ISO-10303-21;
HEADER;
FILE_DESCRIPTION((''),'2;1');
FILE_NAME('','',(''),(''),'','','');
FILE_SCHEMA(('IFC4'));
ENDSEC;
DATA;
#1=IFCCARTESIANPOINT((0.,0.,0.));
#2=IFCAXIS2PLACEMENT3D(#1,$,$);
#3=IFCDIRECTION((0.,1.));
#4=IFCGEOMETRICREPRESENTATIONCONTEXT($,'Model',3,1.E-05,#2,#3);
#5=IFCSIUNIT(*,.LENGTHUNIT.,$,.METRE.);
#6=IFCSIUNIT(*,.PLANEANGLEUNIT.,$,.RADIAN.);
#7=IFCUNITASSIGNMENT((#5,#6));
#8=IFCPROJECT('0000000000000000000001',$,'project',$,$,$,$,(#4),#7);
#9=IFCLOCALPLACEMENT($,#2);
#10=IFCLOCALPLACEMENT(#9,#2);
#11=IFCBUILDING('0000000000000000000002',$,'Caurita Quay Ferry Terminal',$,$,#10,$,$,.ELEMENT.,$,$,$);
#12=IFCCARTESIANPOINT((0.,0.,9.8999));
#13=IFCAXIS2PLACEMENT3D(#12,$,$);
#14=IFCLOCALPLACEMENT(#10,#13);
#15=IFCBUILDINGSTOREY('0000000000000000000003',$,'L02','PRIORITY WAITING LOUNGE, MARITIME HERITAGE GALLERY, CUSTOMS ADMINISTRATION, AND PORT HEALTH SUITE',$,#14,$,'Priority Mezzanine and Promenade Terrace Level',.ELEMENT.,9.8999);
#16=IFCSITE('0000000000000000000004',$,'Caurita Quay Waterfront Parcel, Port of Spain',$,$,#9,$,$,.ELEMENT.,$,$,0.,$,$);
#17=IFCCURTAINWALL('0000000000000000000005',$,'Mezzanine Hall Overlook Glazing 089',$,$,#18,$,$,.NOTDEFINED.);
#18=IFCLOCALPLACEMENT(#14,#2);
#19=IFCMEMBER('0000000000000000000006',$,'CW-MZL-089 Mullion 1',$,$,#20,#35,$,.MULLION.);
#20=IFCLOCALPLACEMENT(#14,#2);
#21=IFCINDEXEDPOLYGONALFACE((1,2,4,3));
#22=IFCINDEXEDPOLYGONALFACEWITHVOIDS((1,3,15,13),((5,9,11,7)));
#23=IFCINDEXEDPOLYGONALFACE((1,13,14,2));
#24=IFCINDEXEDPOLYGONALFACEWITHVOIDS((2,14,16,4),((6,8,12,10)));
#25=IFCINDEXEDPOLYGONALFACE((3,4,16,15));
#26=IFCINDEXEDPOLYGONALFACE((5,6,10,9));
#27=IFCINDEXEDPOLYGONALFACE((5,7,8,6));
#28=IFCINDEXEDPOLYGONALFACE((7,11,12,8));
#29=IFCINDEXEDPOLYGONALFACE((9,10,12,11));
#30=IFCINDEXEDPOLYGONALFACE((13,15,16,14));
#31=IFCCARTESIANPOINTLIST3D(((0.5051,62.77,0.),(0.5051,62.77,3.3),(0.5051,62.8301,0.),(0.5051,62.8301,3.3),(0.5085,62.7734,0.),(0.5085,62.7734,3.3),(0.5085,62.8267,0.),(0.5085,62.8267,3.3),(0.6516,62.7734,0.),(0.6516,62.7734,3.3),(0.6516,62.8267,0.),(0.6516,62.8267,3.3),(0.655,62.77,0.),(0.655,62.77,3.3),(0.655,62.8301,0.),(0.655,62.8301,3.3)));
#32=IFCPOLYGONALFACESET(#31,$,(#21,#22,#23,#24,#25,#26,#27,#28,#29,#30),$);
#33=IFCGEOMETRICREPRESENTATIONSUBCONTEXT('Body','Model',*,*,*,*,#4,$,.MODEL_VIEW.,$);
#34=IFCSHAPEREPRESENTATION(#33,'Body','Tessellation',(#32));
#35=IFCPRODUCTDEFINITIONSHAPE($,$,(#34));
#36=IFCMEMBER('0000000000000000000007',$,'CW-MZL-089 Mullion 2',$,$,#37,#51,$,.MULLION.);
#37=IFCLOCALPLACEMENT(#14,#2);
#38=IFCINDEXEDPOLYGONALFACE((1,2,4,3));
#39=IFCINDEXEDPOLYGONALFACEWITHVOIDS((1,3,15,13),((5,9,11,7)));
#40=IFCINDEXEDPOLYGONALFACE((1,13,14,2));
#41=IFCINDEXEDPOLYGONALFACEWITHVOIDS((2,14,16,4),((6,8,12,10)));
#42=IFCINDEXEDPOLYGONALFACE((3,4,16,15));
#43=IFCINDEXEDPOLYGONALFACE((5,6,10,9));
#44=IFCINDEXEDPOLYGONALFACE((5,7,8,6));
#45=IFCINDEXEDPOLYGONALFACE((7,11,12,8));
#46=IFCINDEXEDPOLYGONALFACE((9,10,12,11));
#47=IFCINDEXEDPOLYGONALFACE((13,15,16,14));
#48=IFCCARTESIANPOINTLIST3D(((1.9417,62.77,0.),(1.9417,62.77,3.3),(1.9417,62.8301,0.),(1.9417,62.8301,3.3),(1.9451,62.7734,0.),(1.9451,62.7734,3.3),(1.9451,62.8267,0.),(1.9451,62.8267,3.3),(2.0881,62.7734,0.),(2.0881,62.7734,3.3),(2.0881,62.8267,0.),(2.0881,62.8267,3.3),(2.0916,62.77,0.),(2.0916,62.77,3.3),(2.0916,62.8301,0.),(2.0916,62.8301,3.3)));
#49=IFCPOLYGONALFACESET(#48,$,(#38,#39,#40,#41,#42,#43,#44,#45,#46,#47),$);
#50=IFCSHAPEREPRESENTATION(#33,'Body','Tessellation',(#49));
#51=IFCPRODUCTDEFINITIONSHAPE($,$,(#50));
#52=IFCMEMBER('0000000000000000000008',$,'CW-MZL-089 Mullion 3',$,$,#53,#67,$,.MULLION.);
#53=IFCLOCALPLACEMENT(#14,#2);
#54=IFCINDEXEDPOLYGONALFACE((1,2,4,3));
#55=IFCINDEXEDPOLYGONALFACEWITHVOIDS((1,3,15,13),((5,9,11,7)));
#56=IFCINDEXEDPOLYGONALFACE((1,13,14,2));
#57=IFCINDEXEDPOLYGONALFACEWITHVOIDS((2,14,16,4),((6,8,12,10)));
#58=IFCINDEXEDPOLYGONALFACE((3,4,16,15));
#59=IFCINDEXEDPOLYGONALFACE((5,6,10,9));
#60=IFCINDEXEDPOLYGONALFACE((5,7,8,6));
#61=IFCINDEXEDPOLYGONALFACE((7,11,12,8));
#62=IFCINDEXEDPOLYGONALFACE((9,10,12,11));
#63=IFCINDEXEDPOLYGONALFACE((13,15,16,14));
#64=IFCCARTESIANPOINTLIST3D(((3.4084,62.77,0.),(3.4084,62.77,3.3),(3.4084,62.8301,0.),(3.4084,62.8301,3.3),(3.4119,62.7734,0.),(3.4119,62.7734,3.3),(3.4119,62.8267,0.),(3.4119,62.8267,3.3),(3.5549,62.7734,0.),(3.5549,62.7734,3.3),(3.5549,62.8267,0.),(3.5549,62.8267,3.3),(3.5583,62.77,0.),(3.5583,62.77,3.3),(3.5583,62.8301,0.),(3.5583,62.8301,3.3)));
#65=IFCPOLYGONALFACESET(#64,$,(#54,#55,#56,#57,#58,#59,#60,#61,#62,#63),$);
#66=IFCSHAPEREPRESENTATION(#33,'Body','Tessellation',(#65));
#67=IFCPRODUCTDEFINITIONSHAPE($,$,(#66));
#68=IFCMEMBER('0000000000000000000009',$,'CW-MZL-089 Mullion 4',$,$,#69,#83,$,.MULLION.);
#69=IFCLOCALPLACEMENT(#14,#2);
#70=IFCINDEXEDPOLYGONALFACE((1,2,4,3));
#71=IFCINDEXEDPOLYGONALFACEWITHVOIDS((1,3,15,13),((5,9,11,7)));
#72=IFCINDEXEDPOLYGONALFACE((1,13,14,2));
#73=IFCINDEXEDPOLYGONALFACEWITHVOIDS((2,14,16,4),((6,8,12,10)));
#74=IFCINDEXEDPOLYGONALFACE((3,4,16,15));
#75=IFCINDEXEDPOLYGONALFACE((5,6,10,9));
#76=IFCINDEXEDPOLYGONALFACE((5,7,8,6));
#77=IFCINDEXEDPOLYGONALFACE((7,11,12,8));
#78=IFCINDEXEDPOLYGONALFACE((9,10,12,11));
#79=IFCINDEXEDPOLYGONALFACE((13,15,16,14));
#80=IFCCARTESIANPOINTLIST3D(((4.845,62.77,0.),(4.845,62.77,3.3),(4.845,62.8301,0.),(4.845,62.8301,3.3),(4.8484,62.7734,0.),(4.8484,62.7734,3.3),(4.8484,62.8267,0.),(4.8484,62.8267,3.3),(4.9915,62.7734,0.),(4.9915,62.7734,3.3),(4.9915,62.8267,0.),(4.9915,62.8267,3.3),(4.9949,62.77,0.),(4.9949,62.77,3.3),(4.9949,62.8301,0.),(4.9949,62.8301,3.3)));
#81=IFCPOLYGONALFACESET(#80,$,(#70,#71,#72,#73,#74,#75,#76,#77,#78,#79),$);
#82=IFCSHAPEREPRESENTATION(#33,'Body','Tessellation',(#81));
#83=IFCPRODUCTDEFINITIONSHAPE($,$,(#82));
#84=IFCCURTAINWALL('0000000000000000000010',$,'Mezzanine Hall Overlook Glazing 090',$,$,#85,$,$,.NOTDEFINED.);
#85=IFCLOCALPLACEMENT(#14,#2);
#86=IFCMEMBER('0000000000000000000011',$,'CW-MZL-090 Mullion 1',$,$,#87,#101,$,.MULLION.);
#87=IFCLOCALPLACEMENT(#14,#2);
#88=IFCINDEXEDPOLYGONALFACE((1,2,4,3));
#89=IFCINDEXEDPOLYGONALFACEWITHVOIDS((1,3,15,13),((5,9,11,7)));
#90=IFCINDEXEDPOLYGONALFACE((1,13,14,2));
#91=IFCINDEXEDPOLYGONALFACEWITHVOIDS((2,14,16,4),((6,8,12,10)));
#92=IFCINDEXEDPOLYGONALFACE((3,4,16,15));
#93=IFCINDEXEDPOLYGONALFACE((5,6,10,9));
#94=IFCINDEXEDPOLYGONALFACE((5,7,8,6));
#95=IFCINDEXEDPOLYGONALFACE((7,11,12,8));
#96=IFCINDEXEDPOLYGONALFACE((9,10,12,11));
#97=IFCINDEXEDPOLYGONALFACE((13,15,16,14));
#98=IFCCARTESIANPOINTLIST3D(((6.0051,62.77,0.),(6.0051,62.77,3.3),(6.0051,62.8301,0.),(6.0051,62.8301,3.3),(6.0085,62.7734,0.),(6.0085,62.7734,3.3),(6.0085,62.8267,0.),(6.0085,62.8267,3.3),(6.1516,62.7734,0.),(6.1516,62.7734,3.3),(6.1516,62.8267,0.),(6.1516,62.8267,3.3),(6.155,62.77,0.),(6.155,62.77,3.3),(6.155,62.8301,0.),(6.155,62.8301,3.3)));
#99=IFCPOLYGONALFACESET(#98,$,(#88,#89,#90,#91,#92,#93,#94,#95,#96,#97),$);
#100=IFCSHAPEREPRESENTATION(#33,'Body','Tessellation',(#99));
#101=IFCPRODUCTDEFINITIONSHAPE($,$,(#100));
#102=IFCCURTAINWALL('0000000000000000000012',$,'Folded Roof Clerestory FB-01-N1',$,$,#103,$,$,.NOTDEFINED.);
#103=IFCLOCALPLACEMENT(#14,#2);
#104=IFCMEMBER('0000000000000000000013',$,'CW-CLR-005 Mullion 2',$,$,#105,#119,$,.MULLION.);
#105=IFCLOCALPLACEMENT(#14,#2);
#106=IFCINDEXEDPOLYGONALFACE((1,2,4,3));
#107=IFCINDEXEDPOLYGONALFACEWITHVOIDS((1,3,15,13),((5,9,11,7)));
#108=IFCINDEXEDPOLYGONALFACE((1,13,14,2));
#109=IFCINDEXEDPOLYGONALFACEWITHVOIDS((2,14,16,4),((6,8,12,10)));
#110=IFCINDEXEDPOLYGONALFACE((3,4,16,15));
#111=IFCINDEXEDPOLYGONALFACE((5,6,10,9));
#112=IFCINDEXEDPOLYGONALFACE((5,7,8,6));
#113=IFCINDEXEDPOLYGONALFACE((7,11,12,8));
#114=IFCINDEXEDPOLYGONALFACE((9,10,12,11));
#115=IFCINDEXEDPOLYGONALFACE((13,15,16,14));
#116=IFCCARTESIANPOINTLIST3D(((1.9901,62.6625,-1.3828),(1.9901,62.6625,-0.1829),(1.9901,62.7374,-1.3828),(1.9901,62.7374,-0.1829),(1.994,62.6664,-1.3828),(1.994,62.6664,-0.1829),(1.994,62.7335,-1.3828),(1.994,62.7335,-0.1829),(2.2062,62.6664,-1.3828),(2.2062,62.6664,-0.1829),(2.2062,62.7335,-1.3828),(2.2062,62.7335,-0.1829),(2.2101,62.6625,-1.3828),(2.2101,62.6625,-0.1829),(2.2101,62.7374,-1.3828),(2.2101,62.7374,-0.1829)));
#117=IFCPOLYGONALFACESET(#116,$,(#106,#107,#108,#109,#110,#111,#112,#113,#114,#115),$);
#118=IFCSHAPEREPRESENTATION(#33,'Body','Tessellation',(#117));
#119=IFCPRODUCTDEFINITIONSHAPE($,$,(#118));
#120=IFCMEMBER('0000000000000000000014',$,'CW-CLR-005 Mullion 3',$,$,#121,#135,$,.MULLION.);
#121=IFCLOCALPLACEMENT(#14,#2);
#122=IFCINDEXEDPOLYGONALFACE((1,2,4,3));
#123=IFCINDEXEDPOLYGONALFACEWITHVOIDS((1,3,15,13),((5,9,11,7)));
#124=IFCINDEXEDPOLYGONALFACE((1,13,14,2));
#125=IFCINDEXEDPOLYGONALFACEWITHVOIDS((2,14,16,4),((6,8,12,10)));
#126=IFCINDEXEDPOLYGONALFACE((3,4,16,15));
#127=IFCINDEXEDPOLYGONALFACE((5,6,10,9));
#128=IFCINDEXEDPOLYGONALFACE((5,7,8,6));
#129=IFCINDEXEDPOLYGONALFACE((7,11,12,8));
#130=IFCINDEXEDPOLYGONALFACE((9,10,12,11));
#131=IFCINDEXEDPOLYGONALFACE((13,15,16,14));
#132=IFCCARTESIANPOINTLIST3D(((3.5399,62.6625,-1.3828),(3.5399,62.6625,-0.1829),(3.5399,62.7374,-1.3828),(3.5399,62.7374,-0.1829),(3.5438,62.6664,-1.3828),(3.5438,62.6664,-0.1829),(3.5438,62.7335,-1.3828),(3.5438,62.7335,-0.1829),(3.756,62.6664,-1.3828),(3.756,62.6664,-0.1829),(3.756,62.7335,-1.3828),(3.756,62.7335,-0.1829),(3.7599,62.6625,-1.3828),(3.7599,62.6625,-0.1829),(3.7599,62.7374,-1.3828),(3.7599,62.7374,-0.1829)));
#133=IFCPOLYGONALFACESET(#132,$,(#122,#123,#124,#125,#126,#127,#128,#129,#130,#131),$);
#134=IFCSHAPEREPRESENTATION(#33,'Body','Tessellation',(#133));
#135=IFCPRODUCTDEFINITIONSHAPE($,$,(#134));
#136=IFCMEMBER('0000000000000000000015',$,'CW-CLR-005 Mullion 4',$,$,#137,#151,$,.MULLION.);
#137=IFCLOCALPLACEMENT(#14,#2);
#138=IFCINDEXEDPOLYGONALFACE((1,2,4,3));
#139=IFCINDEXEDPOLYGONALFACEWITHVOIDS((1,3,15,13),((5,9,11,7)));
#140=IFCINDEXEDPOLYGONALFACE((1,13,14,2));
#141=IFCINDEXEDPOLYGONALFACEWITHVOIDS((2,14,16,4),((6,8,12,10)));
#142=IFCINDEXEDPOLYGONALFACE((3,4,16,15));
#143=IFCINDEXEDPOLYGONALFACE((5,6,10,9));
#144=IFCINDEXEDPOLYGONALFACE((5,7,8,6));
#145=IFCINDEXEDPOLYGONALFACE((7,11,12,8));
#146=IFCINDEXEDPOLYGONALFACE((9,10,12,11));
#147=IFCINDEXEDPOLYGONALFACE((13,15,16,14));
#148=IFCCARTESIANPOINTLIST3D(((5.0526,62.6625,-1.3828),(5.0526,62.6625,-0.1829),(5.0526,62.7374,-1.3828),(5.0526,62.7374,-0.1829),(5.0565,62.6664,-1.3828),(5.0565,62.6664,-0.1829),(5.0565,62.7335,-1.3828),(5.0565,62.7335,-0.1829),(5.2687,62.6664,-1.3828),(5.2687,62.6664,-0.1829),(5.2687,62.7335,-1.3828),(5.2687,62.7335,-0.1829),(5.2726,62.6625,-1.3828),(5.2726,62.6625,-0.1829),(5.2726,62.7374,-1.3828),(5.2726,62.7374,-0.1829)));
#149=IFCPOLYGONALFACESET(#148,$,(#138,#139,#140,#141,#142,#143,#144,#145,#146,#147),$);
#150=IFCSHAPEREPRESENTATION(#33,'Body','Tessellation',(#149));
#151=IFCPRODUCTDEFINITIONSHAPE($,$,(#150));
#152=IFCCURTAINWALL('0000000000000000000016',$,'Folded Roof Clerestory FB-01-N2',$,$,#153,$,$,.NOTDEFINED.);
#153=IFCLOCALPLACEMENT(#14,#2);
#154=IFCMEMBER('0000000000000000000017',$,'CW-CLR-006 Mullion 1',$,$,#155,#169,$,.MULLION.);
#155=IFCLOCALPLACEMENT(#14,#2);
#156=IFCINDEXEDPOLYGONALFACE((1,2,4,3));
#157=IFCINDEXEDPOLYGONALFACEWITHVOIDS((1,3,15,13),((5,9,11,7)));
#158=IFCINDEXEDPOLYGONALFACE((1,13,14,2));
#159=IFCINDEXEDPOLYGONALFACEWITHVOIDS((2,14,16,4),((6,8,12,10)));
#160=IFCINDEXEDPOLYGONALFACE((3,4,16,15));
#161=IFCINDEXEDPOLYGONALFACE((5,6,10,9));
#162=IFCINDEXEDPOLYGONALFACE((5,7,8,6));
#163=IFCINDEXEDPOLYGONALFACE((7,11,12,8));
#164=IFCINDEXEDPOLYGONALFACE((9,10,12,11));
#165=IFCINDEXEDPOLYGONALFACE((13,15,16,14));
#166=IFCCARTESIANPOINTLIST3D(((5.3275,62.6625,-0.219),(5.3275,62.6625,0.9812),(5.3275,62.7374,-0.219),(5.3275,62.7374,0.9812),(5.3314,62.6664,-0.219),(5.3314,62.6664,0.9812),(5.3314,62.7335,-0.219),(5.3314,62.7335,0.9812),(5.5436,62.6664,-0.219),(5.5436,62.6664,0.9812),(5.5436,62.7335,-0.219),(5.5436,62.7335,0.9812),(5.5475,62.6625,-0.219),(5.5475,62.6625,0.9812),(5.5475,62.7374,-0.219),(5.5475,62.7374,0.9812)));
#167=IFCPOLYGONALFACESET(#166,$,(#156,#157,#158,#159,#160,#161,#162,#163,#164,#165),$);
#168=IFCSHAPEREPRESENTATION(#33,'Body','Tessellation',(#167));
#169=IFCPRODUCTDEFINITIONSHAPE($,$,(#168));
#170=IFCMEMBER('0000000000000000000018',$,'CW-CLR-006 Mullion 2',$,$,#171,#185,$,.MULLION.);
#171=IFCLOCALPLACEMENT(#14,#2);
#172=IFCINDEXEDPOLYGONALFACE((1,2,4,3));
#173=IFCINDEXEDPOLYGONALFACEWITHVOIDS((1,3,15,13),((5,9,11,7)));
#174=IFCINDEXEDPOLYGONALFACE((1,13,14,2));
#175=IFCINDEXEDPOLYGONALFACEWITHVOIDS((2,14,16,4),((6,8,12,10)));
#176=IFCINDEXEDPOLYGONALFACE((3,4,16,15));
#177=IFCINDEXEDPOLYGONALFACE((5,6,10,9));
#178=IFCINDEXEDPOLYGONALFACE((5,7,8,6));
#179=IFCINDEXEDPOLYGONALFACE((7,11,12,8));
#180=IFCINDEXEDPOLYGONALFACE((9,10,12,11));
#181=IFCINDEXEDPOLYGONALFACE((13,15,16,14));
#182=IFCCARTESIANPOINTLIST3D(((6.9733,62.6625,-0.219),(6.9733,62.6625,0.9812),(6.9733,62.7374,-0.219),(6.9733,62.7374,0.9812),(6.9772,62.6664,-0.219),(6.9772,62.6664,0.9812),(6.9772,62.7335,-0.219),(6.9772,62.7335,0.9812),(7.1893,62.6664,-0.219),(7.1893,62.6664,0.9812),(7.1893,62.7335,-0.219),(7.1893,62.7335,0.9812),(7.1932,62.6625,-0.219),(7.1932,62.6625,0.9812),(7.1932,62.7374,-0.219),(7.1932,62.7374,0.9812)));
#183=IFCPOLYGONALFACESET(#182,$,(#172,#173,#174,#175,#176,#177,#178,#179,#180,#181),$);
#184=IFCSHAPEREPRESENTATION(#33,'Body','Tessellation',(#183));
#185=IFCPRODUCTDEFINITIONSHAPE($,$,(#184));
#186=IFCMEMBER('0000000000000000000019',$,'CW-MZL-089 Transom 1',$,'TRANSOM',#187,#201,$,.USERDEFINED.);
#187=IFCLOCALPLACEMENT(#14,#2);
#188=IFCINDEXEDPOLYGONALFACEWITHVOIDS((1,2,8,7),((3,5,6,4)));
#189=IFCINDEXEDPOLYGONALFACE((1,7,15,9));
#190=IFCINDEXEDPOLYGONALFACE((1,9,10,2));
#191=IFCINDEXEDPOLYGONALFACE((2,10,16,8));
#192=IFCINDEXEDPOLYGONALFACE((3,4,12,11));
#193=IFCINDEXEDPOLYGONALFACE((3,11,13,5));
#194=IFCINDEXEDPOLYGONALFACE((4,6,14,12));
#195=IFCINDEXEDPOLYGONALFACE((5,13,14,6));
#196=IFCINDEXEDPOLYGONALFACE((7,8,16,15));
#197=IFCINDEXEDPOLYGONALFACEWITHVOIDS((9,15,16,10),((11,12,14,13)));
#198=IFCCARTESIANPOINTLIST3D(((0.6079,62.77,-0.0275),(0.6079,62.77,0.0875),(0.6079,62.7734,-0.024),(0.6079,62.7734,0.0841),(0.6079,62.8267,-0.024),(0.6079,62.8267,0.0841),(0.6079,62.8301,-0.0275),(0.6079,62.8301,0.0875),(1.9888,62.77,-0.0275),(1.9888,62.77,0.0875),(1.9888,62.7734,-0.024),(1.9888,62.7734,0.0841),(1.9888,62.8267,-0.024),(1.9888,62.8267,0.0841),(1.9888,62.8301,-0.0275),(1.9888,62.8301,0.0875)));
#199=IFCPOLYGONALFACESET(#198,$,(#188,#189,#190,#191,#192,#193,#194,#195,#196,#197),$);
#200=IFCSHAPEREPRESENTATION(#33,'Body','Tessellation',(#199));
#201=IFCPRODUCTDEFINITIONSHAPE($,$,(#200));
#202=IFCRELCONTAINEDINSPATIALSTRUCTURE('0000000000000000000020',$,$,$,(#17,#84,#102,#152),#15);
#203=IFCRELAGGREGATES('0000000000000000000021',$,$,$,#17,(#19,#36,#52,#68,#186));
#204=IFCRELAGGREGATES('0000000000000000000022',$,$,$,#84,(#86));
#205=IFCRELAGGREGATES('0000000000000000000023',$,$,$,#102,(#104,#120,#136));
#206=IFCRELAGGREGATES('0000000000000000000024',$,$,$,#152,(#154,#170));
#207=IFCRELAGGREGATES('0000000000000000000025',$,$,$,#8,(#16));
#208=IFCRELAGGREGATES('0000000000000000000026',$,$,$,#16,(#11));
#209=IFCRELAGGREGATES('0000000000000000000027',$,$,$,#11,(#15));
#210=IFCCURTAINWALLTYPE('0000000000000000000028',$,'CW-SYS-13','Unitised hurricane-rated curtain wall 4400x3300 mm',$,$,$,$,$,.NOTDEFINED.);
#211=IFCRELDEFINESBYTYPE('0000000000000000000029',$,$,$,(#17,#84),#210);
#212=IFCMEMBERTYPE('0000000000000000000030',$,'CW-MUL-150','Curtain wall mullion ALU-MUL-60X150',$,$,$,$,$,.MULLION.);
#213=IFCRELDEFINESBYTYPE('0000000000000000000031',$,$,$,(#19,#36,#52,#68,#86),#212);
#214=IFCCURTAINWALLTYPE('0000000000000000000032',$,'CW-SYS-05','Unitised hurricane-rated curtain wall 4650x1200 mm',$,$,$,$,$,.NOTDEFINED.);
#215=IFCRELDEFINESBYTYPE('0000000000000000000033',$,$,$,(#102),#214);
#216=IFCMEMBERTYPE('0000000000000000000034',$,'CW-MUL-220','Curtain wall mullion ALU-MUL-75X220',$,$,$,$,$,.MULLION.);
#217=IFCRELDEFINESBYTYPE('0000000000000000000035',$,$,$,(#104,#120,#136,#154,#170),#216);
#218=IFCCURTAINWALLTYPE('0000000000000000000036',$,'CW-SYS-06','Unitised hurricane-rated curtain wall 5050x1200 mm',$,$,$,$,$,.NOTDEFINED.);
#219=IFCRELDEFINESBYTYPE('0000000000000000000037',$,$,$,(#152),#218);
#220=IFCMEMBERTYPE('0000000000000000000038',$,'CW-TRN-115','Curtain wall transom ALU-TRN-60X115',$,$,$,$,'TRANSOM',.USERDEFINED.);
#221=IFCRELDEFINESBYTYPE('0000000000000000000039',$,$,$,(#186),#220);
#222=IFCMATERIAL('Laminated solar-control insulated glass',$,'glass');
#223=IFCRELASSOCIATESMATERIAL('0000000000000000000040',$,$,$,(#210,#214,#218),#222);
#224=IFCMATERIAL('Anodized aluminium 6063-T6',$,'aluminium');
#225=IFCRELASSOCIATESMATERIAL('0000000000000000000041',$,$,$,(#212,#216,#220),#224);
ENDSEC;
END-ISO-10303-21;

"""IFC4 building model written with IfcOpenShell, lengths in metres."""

from ifc_helpers import new_model, si_unit, direction, frame, origin, origin_2d, place, context, subcontext, project, spatial, hollow_rectangle, extrude, material, material_profile, profile_set, type_object, element, aggregate, save


model = new_model("IFC4")

# Units and contexts
model_context = context("Model", 3, precision=1e-05, world=origin(), true_north=direction((0.0, 1.0)))
body_context = subcontext(model_context, "Body", "Model", "MODEL_VIEW")
ifc_project = project(units=[si_unit("LENGTHUNIT", "METRE"), si_unit("PLANEANGLEUNIT", "RADIAN")], contexts=[model_context])

# Site, building, storey
site_placement = place(None, origin())
site = spatial("IfcSite", under=ifc_project, at=site_placement, Name="Caurita Quay Waterfront Parcel, Port of Spain", CompositionType="ELEMENT", RefElevation=0.0)
building_placement = place(site_placement, origin())
building = spatial("IfcBuilding", under=site, at=building_placement, Name="Caurita Quay Ferry Terminal", CompositionType="ELEMENT")
storey_placement = place(building_placement, frame((0.0, 0.0, 9.8999)))
storey = spatial("IfcBuildingStorey", under=building, at=storey_placement, Name="L02", Description="PRIORITY WAITING LOUNGE, MARITIME HERITAGE GALLERY, CUSTOMS ADMINISTRATION, AND PORT HEALTH SUITE", LongName="Priority Mezzanine and Promenade Terrace Level", CompositionType="ELEMENT", Elevation=9.8999)

# Curtain wall, members
ifc_material_1 = material(Name="Laminated solar-control insulated glass", Category="glass")
curtain_wall_type_1 = type_object("IfcCurtainWallType", Name="CW-SYS-13", Description="Unitised hurricane-rated curtain wall 4400x3300 mm", PredefinedType="NOTDEFINED", material=ifc_material_1)
curtain_wall_1_placement = place(storey_placement, origin())
curtain_wall_1 = element("IfcCurtainWall", 1, at=curtain_wall_1_placement, inside=storey, type_object=curtain_wall_type_1, Name="Mezzanine Hall Overlook Glazing 089", PredefinedType="NOTDEFINED")
ifc_material_2 = material(Name="Anodized aluminium 6063-T6", Category="aluminium")
ifc_material_profile_1 = material_profile(ifc_material_2, hollow_rectangle(XDim=0.0601, YDim=0.1499, WallThickness=0.0034, at=origin_2d()), Name="ALU-MUL-60X150")
ifc_profile_set_1 = profile_set([ifc_material_profile_1], Name="Anodized aluminium 6063-T6")
member_type_1 = type_object("IfcMemberType", Name="CW-MUL-150", Description="Curtain wall mullion ALU-MUL-60X150", PredefinedType="MULLION", material=ifc_profile_set_1)
member_1_placement = place(storey_placement, frame((0.5801, 62.8, 0.0), z_axis=(0.0, 0.0, 1.0), x_axis=(0.0, 1.0, 0.0)))
member_1 = element("IfcMember", 2, at=member_1_placement, type_object=member_type_1, Name="CW-MZL-089 Mullion 1", PredefinedType="MULLION", context=body_context, shape_type="SweptSolid", body=[
    extrude(hollow_rectangle(XDim=0.0601, YDim=0.1499, WallThickness=0.0034, at=origin_2d()), origin(), (0.0, 0.0, 1.0), 3.3),
])
member_2_placement = place(storey_placement, frame((2.0166, 62.8, 0.0), z_axis=(0.0, 0.0, 1.0), x_axis=(0.0, 1.0, 0.0)))
member_2 = element("IfcMember", 3, at=member_2_placement, type_object=member_type_1, Name="CW-MZL-089 Mullion 2", PredefinedType="MULLION", context=body_context, shape_type="SweptSolid", body=[
    extrude(hollow_rectangle(XDim=0.0601, YDim=0.1499, WallThickness=0.0034, at=origin_2d()), origin(), (0.0, 0.0, 1.0), 3.3),
])
member_3_placement = place(storey_placement, frame((3.4834, 62.8, 0.0), z_axis=(0.0, 0.0, 1.0), x_axis=(0.0, 1.0, 0.0)))
member_3 = element("IfcMember", 4, at=member_3_placement, type_object=member_type_1, Name="CW-MZL-089 Mullion 3", PredefinedType="MULLION", context=body_context, shape_type="SweptSolid", body=[
    extrude(hollow_rectangle(XDim=0.0601, YDim=0.1499, WallThickness=0.0034, at=origin_2d()), origin(), (0.0, 0.0, 1.0), 3.3),
])
member_4_placement = place(storey_placement, frame((4.9199, 62.8, 0.0), z_axis=(0.0, 0.0, 1.0), x_axis=(0.0, 1.0, 0.0)))
member_4 = element("IfcMember", 5, at=member_4_placement, type_object=member_type_1, Name="CW-MZL-089 Mullion 4", PredefinedType="MULLION", context=body_context, shape_type="SweptSolid", body=[
    extrude(hollow_rectangle(XDim=0.0601, YDim=0.1499, WallThickness=0.0034, at=origin_2d()), origin(), (0.0, 0.0, 1.0), 3.3),
])

# Curtain wall, member
curtain_wall_2_placement = place(storey_placement, origin())
curtain_wall_2 = element("IfcCurtainWall", 6, at=curtain_wall_2_placement, inside=storey, type_object=curtain_wall_type_1, Name="Mezzanine Hall Overlook Glazing 090", PredefinedType="NOTDEFINED")
member_5_placement = place(storey_placement, frame((6.0801, 62.8, 0.0), z_axis=(0.0, 0.0, 1.0), x_axis=(0.0, 1.0, 0.0)))
member_5 = element("IfcMember", 7, at=member_5_placement, type_object=member_type_1, Name="CW-MZL-090 Mullion 1", PredefinedType="MULLION", context=body_context, shape_type="SweptSolid", body=[
    extrude(hollow_rectangle(XDim=0.0601, YDim=0.1499, WallThickness=0.0034, at=origin_2d()), origin(), (0.0, 0.0, 1.0), 3.3),
])

# Curtain walls, members
curtain_wall_type_2 = type_object("IfcCurtainWallType", Name="CW-SYS-05", Description="Unitised hurricane-rated curtain wall 4650x1200 mm", PredefinedType="NOTDEFINED", material=ifc_material_1)
curtain_wall_3_placement = place(storey_placement, origin())
curtain_wall_3 = element("IfcCurtainWall", 8, at=curtain_wall_3_placement, inside=storey, type_object=curtain_wall_type_2, Name="Folded Roof Clerestory FB-01-N1", PredefinedType="NOTDEFINED")
ifc_material_profile_2 = material_profile(ifc_material_2, hollow_rectangle(XDim=0.075, YDim=0.22, WallThickness=0.0039, at=origin_2d()), Name="ALU-MUL-75X220")
ifc_profile_set_2 = profile_set([ifc_material_profile_2], Name="Anodized aluminium 6063-T6")
member_type_2 = type_object("IfcMemberType", Name="CW-MUL-220", Description="Curtain wall mullion ALU-MUL-75X220", PredefinedType="MULLION", material=ifc_profile_set_2)
member_6_placement = place(storey_placement, frame((2.1001, 62.7, -1.3828), z_axis=(0.0, 0.0, 1.0), x_axis=(0.0, 1.0, 0.0)))
member_6 = element("IfcMember", 9, at=member_6_placement, type_object=member_type_2, Name="CW-CLR-005 Mullion 2", PredefinedType="MULLION", context=body_context, shape_type="SweptSolid", body=[
    extrude(hollow_rectangle(XDim=0.075, YDim=0.22, WallThickness=0.0039, at=origin_2d()), origin(), (0.0, 0.0, 1.0), 1.2),
])
member_7_placement = place(storey_placement, frame((3.6499, 62.7, -1.3828), z_axis=(0.0, 0.0, 1.0), x_axis=(0.0, 1.0, 0.0)))
member_7 = element("IfcMember", 10, at=member_7_placement, type_object=member_type_2, Name="CW-CLR-005 Mullion 3", PredefinedType="MULLION", context=body_context, shape_type="SweptSolid", body=[
    extrude(hollow_rectangle(XDim=0.075, YDim=0.22, WallThickness=0.0039, at=origin_2d()), origin(), (0.0, 0.0, 1.0), 1.2),
])
member_8_placement = place(storey_placement, frame((5.1626, 62.7, -1.3828), z_axis=(0.0, 0.0, 1.0), x_axis=(0.0, 1.0, 0.0)))
member_8 = element("IfcMember", 11, at=member_8_placement, type_object=member_type_2, Name="CW-CLR-005 Mullion 4", PredefinedType="MULLION", context=body_context, shape_type="SweptSolid", body=[
    extrude(hollow_rectangle(XDim=0.075, YDim=0.22, WallThickness=0.0039, at=origin_2d()), origin(), (0.0, 0.0, 1.0), 1.2),
])
curtain_wall_type_3 = type_object("IfcCurtainWallType", Name="CW-SYS-06", Description="Unitised hurricane-rated curtain wall 5050x1200 mm", PredefinedType="NOTDEFINED", material=ifc_material_1)
curtain_wall_4_placement = place(storey_placement, origin())
curtain_wall_4 = element("IfcCurtainWall", 12, at=curtain_wall_4_placement, inside=storey, type_object=curtain_wall_type_3, Name="Folded Roof Clerestory FB-01-N2", PredefinedType="NOTDEFINED")
member_9_placement = place(storey_placement, frame((5.4375, 62.7, -0.219), z_axis=(0.0, 0.0, 1.0), x_axis=(0.0, 1.0, 0.0)))
member_9 = element("IfcMember", 13, at=member_9_placement, type_object=member_type_2, Name="CW-CLR-006 Mullion 1", PredefinedType="MULLION", context=body_context, shape_type="SweptSolid", body=[
    extrude(hollow_rectangle(XDim=0.075, YDim=0.22, WallThickness=0.0039, at=origin_2d()), origin(), (0.0, 0.0, 1.0), 1.2002),
])
member_10_placement = place(storey_placement, frame((7.0833, 62.7, -0.219), z_axis=(0.0, 0.0, 1.0), x_axis=(0.0, 1.0, 0.0)))
member_10 = element("IfcMember", 14, at=member_10_placement, type_object=member_type_2, Name="CW-CLR-006 Mullion 2", PredefinedType="MULLION", context=body_context, shape_type="SweptSolid", body=[
    extrude(hollow_rectangle(XDim=0.075, YDim=0.22, WallThickness=0.0039, at=origin_2d()), origin(), (0.0, 0.0, 1.0), 1.2002),
])

# Member
ifc_material_profile_3 = material_profile(ifc_material_2, hollow_rectangle(XDim=0.0601, YDim=0.115, WallThickness=0.0034, at=origin_2d()), Name="ALU-TRN-60X115")
ifc_profile_set_3 = profile_set([ifc_material_profile_3], Name="Anodized aluminium 6063-T6")
member_type_3 = type_object("IfcMemberType", Name="CW-TRN-115", Description="Curtain wall transom ALU-TRN-60X115", ElementType="TRANSOM", PredefinedType="USERDEFINED", material=ifc_profile_set_3)
member_11_placement = place(storey_placement, frame((0.6079, 62.8, 0.03), z_axis=(1.0, 0.0, 0.0), x_axis=(0.0, 1.0, 0.0)))
member_11 = element("IfcMember", 15, at=member_11_placement, type_object=member_type_3, Name="CW-MZL-089 Transom 1", ObjectType="TRANSOM", PredefinedType="USERDEFINED", context=body_context, shape_type="SweptSolid", body=[
    extrude(hollow_rectangle(XDim=0.0601, YDim=0.115, WallThickness=0.0034, at=origin_2d()), origin(), (0.0, 0.0, 1.0), 1.3809),
])

aggregate(curtain_wall_1, [member_1, member_2, member_3, member_4, member_11])
aggregate(curtain_wall_2, [member_5])
aggregate(curtain_wall_3, [member_6, member_7, member_8])
aggregate(curtain_wall_4, [member_9, member_10])

save(model, "model.ifc")
